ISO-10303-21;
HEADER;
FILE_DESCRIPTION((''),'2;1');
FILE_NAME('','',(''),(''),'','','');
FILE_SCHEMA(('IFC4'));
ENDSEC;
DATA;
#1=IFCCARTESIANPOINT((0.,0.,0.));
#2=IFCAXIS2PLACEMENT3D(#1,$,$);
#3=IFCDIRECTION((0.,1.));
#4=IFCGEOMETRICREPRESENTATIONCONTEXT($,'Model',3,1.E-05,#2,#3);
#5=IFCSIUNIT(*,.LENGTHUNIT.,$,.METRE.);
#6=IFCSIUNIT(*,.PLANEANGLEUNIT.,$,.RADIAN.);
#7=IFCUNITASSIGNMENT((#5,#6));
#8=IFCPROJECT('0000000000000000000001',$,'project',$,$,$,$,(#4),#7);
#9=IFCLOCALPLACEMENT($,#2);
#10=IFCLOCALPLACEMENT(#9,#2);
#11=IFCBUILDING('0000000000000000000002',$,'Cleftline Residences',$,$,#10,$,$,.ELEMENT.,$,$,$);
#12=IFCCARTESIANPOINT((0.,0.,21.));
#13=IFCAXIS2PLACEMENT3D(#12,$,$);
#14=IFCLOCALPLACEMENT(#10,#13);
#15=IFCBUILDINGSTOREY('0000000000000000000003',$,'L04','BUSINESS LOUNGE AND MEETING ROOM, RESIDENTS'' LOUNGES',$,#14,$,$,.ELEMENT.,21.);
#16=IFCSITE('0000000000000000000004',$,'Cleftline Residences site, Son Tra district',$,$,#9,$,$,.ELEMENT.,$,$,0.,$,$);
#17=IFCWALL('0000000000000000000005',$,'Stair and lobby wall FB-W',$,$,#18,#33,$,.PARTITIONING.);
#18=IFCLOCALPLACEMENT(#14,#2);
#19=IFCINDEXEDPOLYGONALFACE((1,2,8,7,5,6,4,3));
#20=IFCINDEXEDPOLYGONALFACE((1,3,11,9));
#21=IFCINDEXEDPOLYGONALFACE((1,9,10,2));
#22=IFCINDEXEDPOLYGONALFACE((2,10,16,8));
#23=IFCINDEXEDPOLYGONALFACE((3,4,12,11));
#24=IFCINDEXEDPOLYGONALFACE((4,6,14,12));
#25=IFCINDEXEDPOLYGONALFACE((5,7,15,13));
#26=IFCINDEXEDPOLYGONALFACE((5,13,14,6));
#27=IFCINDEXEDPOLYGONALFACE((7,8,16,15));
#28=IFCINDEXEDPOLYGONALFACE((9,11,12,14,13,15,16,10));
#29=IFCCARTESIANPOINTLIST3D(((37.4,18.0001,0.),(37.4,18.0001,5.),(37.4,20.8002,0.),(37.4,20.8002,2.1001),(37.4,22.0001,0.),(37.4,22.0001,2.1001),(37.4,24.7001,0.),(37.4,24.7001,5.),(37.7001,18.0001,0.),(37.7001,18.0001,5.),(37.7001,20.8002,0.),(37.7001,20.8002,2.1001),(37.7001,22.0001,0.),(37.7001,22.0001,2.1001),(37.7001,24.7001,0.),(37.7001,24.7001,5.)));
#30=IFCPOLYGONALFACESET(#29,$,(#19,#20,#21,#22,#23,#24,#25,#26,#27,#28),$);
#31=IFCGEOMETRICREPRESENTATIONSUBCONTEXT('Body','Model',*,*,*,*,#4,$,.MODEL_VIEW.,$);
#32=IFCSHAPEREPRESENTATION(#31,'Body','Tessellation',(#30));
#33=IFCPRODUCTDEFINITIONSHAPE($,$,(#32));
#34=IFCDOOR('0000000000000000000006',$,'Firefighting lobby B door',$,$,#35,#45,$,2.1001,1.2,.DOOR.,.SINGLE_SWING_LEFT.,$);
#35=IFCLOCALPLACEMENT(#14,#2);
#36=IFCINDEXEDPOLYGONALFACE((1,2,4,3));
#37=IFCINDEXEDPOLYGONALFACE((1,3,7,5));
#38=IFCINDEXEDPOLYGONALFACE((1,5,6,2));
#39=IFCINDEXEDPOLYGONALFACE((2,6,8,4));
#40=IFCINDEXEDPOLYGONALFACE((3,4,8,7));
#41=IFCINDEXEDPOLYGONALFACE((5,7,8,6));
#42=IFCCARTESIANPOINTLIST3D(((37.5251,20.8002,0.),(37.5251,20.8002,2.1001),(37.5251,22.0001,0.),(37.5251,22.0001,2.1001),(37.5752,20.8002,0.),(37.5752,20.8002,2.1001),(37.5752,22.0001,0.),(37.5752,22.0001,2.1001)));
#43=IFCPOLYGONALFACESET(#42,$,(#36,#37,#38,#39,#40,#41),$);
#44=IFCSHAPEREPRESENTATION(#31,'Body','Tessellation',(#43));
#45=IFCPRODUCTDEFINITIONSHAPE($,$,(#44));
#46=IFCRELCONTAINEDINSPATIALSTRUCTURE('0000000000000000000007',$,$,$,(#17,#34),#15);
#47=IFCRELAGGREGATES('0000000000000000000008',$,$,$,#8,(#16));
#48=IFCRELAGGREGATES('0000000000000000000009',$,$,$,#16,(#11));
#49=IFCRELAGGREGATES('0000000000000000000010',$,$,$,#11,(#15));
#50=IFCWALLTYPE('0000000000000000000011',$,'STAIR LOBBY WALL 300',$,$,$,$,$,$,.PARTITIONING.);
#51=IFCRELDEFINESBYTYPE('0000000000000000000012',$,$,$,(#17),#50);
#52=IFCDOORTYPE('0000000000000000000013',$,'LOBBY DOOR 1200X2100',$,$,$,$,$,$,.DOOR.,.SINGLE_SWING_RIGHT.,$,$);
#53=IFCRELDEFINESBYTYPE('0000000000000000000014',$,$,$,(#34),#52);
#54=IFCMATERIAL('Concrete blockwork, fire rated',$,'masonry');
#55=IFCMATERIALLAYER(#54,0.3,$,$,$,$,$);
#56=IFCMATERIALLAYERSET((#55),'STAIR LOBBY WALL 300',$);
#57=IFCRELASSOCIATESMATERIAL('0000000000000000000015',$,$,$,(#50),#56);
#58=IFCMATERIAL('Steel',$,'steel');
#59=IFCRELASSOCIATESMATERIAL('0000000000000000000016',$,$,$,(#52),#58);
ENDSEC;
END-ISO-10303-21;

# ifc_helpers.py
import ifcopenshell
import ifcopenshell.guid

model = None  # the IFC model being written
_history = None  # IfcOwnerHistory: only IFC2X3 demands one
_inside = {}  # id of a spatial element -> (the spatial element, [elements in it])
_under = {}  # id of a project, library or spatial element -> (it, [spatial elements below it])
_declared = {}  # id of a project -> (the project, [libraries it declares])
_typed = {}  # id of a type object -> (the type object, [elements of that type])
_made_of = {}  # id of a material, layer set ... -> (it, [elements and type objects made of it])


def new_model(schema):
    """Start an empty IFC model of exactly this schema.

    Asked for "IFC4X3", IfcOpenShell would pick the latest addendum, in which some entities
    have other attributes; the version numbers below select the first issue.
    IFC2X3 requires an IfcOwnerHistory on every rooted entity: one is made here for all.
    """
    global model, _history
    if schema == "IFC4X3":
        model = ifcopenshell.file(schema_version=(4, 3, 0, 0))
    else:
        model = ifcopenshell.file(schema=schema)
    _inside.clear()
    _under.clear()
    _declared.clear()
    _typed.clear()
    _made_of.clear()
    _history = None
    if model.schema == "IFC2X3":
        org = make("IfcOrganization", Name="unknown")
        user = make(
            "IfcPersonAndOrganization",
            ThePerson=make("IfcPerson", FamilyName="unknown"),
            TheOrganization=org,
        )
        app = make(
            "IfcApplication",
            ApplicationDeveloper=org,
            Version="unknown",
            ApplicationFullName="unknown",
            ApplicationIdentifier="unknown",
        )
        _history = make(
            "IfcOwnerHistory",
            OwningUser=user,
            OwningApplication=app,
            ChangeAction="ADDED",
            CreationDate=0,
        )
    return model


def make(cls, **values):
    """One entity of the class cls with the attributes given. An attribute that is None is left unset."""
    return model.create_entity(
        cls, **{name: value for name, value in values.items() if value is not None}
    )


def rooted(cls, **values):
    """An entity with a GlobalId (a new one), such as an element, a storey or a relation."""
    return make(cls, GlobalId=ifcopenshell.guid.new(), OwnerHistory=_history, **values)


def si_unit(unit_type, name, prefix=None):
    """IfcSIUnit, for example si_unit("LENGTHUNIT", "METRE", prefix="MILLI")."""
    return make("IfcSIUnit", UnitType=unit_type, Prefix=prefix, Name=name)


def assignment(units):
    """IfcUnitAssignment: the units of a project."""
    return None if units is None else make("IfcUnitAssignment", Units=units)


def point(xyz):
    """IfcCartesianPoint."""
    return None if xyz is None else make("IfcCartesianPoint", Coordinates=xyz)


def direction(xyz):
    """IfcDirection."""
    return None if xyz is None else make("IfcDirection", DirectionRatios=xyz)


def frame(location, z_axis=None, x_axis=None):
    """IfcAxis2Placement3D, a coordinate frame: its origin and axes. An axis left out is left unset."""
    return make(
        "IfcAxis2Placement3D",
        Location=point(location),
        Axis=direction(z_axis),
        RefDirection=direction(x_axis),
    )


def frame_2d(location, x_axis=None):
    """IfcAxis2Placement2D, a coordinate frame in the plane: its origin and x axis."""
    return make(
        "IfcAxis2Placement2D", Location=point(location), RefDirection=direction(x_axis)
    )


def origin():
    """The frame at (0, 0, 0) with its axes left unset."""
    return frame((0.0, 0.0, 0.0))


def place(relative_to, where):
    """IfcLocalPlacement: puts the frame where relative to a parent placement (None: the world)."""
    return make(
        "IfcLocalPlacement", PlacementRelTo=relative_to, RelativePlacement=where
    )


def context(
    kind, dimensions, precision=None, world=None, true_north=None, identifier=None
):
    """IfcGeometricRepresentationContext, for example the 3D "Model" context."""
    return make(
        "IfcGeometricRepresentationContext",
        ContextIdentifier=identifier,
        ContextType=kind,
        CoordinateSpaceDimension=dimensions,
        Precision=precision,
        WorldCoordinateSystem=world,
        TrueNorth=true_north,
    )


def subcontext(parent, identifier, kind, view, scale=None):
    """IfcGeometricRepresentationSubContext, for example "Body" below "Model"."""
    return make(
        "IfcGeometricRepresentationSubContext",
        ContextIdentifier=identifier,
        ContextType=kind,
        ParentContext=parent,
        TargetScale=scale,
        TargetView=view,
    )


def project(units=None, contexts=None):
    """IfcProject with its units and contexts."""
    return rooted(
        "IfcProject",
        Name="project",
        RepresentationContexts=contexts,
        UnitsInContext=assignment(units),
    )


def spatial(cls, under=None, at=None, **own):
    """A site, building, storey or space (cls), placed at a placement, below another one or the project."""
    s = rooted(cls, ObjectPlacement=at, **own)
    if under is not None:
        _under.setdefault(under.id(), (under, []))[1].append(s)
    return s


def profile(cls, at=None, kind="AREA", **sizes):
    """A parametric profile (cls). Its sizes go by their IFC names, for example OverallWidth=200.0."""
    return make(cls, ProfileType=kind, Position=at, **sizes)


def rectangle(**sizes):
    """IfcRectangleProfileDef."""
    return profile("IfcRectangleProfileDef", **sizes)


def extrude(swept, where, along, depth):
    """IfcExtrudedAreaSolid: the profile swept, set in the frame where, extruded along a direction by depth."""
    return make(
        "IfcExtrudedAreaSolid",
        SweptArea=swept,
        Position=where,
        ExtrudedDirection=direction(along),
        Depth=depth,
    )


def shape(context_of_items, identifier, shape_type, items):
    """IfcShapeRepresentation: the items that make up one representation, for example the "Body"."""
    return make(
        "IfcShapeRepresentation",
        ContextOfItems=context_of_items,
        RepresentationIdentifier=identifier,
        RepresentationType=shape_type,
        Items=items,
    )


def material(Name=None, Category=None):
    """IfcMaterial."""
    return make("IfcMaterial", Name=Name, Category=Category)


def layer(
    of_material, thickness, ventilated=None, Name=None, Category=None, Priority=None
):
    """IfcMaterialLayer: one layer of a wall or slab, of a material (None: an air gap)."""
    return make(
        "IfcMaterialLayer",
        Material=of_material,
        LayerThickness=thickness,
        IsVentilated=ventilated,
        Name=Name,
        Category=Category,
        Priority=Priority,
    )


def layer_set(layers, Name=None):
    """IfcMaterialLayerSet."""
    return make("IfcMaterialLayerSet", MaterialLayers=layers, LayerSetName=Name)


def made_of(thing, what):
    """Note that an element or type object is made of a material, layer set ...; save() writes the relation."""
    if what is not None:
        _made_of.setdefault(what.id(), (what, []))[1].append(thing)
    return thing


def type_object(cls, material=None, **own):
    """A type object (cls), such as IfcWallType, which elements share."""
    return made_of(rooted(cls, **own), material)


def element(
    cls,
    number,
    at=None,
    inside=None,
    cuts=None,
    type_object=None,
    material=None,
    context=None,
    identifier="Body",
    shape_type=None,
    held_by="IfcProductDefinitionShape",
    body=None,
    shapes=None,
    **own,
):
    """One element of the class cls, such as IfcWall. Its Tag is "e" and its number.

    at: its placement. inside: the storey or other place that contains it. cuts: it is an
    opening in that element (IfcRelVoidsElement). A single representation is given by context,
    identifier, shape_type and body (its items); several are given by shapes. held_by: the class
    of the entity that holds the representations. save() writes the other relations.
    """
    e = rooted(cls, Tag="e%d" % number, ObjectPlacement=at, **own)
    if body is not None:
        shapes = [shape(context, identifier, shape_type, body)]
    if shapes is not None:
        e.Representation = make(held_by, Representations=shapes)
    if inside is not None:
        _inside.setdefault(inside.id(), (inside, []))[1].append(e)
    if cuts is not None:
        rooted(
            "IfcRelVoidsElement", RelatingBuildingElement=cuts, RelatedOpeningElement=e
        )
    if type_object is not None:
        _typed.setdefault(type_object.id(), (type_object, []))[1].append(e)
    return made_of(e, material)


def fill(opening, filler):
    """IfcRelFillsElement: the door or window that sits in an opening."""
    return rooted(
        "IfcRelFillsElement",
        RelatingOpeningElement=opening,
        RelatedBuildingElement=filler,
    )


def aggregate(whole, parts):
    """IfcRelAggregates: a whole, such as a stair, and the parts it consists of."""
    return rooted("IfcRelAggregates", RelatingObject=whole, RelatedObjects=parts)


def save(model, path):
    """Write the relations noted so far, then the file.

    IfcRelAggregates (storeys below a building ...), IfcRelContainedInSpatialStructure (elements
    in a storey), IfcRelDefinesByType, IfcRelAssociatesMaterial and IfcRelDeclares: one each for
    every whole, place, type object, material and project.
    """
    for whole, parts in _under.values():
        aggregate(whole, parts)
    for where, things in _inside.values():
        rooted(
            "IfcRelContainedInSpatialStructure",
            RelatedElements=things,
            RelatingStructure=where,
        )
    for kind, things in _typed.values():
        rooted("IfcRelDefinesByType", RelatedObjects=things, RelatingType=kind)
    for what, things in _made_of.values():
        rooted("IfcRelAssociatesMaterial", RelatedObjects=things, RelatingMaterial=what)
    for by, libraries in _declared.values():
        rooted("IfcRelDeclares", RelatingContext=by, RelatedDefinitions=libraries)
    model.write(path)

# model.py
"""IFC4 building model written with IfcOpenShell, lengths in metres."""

from ifc_helpers import new_model, si_unit, direction, frame, frame_2d, origin, place, context, subcontext, project, spatial, rectangle, extrude, material, layer, layer_set, type_object, element, fill, save


model = new_model("IFC4")

# Units and contexts
model_context = context("Model", 3, precision=1e-05, world=origin(), true_north=direction((0.0, 1.0)))
body_context = subcontext(model_context, "Body", "Model", "MODEL_VIEW")
ifc_project = project(units=[si_unit("LENGTHUNIT", "METRE"), si_unit("PLANEANGLEUNIT", "RADIAN")], contexts=[model_context])

# Site, building, storey
site_placement = place(None, origin())
site = spatial("IfcSite", under=ifc_project, at=site_placement, Name="Cleftline Residences site, Son Tra district", CompositionType="ELEMENT", RefElevation=0.0)
building_placement = place(site_placement, origin())
building = spatial("IfcBuilding", under=site, at=building_placement, Name="Cleftline Residences", CompositionType="ELEMENT")
storey_placement = place(building_placement, frame((0.0, 0.0, 21.0)))
storey = spatial("IfcBuildingStorey", under=building, at=storey_placement, Name="L04", Description="BUSINESS LOUNGE AND MEETING ROOM, RESIDENTS' LOUNGES", CompositionType="ELEMENT", Elevation=21.0)

# Wall, opening, door
ifc_material_1 = material(Name="Concrete blockwork, fire rated", Category="masonry")
ifc_layer_1 = layer(ifc_material_1, 0.3)
ifc_layer_set_1 = layer_set([ifc_layer_1], Name="STAIR LOBBY WALL 300")
wall_type_1 = type_object("IfcWallType", Name="STAIR LOBBY WALL 300", PredefinedType="PARTITIONING", material=ifc_layer_set_1)
wall_1_placement = place(storey_placement, frame((37.55, 18.0, 0.0), z_axis=(0.0, 0.0, 1.0), x_axis=(0.0, 1.0, 0.0)))
wall_1 = element("IfcWall", 1, at=wall_1_placement, inside=storey, type_object=wall_type_1, Name="Stair and lobby wall FB-W", PredefinedType="PARTITIONING", context=body_context, shape_type="SweptSolid", body=[
    extrude(rectangle(XDim=6.7, YDim=0.3, at=frame_2d((3.3501, 0.0))), origin(), (0.0, 0.0, 1.0), 5.0),
])
opening_1_placement = place(wall_1_placement, frame((2.8, 0.0, 0.0)))
opening_1 = element("IfcOpeningElement", 2, at=opening_1_placement, cuts=wall_1, PredefinedType="OPENING", context=body_context, shape_type="SweptSolid", body=[
    extrude(rectangle(XDim=1.2, YDim=2.1001, at=frame_2d((0.6001, 1.05))), frame((0.0, 0.1599, 0.0), z_axis=(0.0, -1.0, 0.0), x_axis=(1.0, 0.0, 0.0)), (0.0, 0.0, 1.0), 0.3201),
])
ifc_material_2 = material(Name="Steel", Category="steel")
door_type_1 = type_object("IfcDoorType", Name="LOBBY DOOR 1200X2100", OperationType="SINGLE_SWING_RIGHT", PredefinedType="DOOR", material=ifc_material_2)
door_1_placement = place(opening_1_placement, origin())
door_1 = element("IfcDoor", 3, at=door_1_placement, inside=storey, type_object=door_type_1, Name="Firefighting lobby B door", OperationType="SINGLE_SWING_LEFT", OverallHeight=2.1001, OverallWidth=1.2, PredefinedType="DOOR", context=body_context, shape_type="SweptSolid", body=[
    extrude(rectangle(XDim=1.2, YDim=2.1001, at=frame_2d((0.6001, 1.05))), frame((0.0, 0.0249, 0.0), z_axis=(0.0, -1.0, 0.0), x_axis=(1.0, 0.0, 0.0)), (0.0, 0.0, 1.0), 0.05),
])
fill(opening_1, door_1)

save(model, "model.ifc")
